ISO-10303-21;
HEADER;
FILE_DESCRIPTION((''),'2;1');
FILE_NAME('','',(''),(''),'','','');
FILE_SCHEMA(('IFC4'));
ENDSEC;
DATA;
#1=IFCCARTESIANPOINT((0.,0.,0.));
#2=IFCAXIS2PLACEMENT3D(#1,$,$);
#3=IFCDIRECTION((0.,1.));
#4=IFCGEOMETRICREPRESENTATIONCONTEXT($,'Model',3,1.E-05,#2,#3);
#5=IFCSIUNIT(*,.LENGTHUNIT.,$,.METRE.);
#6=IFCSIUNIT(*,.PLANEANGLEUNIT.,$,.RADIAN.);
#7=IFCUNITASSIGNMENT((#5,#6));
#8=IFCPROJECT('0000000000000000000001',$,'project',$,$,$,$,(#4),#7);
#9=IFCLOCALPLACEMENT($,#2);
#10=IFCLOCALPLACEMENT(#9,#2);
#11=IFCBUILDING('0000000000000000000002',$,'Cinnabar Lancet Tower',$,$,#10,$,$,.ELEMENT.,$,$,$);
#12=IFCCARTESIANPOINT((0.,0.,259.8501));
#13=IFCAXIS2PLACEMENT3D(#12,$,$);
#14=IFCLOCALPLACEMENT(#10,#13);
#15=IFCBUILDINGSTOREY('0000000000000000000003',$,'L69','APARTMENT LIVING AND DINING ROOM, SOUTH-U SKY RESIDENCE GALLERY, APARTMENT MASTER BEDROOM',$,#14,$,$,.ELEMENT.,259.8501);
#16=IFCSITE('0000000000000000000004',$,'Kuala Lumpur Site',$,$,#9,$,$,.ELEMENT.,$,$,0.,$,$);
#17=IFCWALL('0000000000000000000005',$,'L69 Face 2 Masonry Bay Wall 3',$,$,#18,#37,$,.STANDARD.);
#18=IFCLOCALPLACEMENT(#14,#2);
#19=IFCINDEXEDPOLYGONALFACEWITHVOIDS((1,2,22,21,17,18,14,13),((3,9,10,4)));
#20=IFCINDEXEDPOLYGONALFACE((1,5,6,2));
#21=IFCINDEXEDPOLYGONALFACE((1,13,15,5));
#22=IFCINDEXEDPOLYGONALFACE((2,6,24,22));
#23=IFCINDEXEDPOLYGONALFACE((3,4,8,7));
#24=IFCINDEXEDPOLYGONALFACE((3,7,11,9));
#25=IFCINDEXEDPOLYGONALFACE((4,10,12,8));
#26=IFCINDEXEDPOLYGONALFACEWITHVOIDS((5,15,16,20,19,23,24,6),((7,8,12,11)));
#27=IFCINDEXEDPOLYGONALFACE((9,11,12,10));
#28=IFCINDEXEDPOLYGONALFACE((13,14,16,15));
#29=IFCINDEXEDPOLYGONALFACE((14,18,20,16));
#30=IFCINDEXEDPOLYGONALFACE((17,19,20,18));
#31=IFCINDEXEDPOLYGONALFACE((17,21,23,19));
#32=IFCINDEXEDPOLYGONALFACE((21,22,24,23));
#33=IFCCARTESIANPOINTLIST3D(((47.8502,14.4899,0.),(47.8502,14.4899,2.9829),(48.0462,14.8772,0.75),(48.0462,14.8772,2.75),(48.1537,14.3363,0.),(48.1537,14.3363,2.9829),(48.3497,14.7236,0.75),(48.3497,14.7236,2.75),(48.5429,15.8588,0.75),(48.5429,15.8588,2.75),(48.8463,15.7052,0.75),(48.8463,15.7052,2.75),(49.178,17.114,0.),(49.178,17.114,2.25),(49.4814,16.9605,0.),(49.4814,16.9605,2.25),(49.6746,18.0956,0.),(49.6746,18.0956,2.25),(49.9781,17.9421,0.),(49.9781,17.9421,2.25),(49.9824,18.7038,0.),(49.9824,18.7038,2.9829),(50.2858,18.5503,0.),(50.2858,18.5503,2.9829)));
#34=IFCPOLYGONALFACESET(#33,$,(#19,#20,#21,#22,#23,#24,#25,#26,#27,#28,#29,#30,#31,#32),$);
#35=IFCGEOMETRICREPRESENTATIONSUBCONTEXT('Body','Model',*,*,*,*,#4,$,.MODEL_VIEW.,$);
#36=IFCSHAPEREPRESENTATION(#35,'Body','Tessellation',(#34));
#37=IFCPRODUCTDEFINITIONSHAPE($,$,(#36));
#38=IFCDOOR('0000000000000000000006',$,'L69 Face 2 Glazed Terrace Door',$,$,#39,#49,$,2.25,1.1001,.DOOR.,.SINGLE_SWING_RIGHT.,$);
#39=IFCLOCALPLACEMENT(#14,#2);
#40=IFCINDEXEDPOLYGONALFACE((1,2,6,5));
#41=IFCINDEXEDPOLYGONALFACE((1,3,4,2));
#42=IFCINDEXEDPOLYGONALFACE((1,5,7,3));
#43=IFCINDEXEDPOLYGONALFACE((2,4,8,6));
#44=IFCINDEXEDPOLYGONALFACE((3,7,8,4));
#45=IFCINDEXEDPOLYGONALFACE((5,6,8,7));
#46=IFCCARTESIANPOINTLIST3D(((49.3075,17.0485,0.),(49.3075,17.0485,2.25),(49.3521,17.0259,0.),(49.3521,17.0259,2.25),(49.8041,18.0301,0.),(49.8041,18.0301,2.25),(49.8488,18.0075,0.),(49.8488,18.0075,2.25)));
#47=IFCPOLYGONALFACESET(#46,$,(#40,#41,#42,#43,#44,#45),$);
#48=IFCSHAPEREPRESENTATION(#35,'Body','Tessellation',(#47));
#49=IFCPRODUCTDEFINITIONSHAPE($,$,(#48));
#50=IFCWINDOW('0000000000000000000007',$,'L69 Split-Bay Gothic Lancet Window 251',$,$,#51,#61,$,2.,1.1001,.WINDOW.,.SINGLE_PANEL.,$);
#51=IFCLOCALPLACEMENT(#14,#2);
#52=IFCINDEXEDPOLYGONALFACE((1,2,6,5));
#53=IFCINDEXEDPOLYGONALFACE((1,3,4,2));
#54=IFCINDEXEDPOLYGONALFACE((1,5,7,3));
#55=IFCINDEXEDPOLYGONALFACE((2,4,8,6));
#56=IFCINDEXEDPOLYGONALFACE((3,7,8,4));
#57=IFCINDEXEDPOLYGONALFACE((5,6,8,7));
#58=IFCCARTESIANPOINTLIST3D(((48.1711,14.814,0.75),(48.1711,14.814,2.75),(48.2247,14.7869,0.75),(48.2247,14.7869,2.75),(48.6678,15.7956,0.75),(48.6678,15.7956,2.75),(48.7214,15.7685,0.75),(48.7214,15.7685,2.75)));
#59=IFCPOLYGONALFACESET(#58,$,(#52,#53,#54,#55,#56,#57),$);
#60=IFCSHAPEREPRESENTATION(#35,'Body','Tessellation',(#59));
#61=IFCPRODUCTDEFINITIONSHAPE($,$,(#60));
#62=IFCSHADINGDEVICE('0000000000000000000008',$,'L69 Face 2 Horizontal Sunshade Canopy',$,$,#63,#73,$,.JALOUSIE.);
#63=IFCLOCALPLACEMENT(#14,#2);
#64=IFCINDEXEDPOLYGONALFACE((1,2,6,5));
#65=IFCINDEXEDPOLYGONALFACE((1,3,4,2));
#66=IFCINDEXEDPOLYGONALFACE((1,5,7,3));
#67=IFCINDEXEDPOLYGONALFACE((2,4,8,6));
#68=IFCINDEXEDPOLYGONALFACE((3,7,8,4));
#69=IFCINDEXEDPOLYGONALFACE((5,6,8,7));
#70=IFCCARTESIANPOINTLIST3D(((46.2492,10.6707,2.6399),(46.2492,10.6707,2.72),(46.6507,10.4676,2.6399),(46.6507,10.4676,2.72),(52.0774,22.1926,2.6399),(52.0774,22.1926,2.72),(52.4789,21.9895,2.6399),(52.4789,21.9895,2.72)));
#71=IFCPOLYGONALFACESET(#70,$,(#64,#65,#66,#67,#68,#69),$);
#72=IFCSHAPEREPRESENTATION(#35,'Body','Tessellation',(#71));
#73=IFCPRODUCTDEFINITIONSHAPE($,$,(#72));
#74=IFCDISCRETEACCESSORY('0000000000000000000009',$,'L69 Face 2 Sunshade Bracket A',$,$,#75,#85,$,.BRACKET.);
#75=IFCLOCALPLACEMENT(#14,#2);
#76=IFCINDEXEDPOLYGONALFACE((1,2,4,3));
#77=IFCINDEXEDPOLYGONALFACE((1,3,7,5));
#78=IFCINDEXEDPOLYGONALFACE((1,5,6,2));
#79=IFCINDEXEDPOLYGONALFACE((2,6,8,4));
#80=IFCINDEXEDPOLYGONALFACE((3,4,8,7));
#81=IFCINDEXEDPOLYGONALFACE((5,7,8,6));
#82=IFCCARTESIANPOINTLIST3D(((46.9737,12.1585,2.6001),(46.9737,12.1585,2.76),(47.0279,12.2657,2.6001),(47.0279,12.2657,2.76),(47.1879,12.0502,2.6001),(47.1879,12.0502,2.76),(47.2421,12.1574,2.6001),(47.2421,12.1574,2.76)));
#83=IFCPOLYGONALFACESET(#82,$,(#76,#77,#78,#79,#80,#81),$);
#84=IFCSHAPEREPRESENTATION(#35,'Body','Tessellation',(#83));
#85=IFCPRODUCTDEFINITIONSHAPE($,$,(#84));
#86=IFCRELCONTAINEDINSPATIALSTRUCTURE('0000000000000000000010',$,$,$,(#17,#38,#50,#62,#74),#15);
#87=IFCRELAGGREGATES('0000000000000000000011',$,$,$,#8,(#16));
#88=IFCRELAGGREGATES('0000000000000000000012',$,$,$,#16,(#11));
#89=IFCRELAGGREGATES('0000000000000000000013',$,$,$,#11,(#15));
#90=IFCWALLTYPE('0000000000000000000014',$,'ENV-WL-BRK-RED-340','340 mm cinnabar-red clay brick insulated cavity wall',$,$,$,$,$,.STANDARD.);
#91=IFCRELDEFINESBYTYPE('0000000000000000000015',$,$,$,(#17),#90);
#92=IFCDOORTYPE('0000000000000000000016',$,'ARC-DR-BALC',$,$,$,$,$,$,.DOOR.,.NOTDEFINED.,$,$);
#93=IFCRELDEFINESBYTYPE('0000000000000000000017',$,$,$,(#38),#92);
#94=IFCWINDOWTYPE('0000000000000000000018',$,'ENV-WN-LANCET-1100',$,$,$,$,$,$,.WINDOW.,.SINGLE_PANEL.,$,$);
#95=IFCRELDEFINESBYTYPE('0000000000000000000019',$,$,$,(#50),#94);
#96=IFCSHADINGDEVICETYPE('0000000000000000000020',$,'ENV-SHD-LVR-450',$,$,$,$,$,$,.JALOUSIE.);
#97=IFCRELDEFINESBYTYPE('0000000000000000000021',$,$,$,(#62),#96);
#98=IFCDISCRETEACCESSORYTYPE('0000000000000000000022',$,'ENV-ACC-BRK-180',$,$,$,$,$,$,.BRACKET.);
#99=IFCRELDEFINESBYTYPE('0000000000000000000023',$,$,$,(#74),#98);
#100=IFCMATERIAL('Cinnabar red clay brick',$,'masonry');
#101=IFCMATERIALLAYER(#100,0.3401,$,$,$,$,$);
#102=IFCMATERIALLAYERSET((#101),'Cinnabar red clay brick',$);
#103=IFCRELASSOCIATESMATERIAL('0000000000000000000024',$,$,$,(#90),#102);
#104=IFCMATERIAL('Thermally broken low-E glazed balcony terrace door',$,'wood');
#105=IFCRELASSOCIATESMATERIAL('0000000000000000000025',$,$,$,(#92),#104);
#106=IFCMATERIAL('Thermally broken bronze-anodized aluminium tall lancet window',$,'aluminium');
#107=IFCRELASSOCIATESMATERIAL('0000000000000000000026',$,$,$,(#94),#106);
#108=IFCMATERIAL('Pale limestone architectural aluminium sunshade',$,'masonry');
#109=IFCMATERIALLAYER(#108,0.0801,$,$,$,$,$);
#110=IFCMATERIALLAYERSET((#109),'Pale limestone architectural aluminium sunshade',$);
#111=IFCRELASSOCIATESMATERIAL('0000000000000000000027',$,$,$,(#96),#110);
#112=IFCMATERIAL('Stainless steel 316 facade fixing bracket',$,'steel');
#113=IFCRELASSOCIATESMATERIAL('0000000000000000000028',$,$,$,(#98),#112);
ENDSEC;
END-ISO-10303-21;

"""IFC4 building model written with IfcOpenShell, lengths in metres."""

from ifc_helpers import new_model, si_unit, direction, frame, frame_2d, origin, origin_2d, place, context, subcontext, project, spatial, rectangle, extrude, material, layer, layer_set, type_object, element, fill, save


model = new_model("IFC4")

# Units and contexts
model_context = context("Model", 3, precision=1e-05, world=origin(), true_north=direction((0.0, 1.0)))
body_context = subcontext(model_context, "Body", "Model", "MODEL_VIEW")
ifc_project = project(units=[si_unit("LENGTHUNIT", "METRE"), si_unit("PLANEANGLEUNIT", "RADIAN")], contexts=[model_context])

# Site, building, storey
site_placement = place(None, origin())
site = spatial("IfcSite", under=ifc_project, at=site_placement, Name="Kuala Lumpur Site", CompositionType="ELEMENT", RefElevation=0.0)
building_placement = place(site_placement, origin())
building = spatial("IfcBuilding", under=site, at=building_placement, Name="Cinnabar Lancet Tower", CompositionType="ELEMENT")
storey_placement = place(building_placement, frame((0.0, 0.0, 259.8501)))
storey = spatial("IfcBuildingStorey", under=building, at=storey_placement, Name="L69", Description="APARTMENT LIVING AND DINING ROOM, SOUTH-U SKY RESIDENCE GALLERY, APARTMENT MASTER BEDROOM", CompositionType="ELEMENT", Elevation=259.8501)

# Shared definitions
ifc_material_1 = material(Name="Cinnabar red clay brick", Category="masonry")
ifc_layer_1 = layer(ifc_material_1, 0.3401)
ifc_layer_set_1 = layer_set([ifc_layer_1], Name="Cinnabar red clay brick")
wall_type_1 = type_object("IfcWallType", Name="ENV-WL-BRK-RED-340", Description="340 mm cinnabar-red clay brick insulated cavity wall", PredefinedType="STANDARD", material=ifc_layer_set_1)

# Wall, openings, door, window
wall_1_placement = place(storey_placement, frame((48.002, 14.4131, 0.0), z_axis=(0.0, 0.0, 1.0), x_axis=(0.451468, 0.892287, 0.0)))
wall_1 = element("IfcWall", 1, at=wall_1_placement, inside=storey, type_object=wall_type_1, Name="L69 Face 2 Masonry Bay Wall 3", PredefinedType="STANDARD", context=body_context, shape_type="SweptSolid", body=[
    extrude(rectangle(XDim=4.7227, YDim=0.3401, at=frame_2d((2.3613, 0.0))), origin(), (0.0, 0.0, 1.0), 2.9829),
])
opening_1_placement = place(wall_1_placement, frame((2.9409, 0.0, 0.0)))
opening_1 = element("IfcOpeningElement", 2, at=opening_1_placement, cuts=wall_1, PredefinedType="OPENING", context=body_context, shape_type="SweptSolid", body=[
    extrude(rectangle(XDim=1.1001, YDim=2.25, at=frame_2d((0.55, 1.125))), frame((0.0, 0.1799, 0.0), z_axis=(0.0, -1.0, 0.0), x_axis=(1.0, 0.0, 0.0)), (0.0, 0.0, 1.0), 0.3601),
])
opening_2_placement = place(wall_1_placement, frame((0.4341, 0.0, 0.75)))
opening_2 = element("IfcOpeningElement", 3, at=opening_2_placement, cuts=wall_1, PredefinedType="OPENING", context=body_context, shape_type="SweptSolid", body=[
    extrude(rectangle(XDim=1.1001, YDim=2.0, at=frame_2d((0.55, 1.0))), frame((0.0, 0.1799, 0.0), z_axis=(0.0, -1.0, 0.0), x_axis=(1.0, 0.0, 0.0)), (0.0, 0.0, 1.0), 0.3601),
])
ifc_material_2 = material(Name="Thermally broken low-E glazed balcony terrace door", Category="wood")
door_type_1 = type_object("IfcDoorType", Name="ARC-DR-BALC", OperationType="NOTDEFINED", PredefinedType="DOOR", material=ifc_material_2)
door_1_placement = place(opening_1_placement, origin())
door_1 = element("IfcDoor", 4, at=door_1_placement, inside=storey, type_object=door_type_1, Name="L69 Face 2 Glazed Terrace Door", OperationType="SINGLE_SWING_RIGHT", OverallHeight=2.25, OverallWidth=1.1001, PredefinedType="DOOR", context=body_context, shape_type="SweptSolid", body=[
    extrude(rectangle(XDim=1.1001, YDim=2.25, at=frame_2d((0.55, 1.125))), frame((0.0, 0.0249, 0.0), z_axis=(0.0, -1.0, 0.0), x_axis=(1.0, 0.0, 0.0)), (0.0, 0.0, 1.0), 0.05),
])
fill(opening_1, door_1)
ifc_material_3 = material(Name="Thermally broken bronze-anodized aluminium tall lancet window", Category="aluminium")
window_type_1 = type_object("IfcWindowType", Name="ENV-WN-LANCET-1100", PartitioningType="SINGLE_PANEL", PredefinedType="WINDOW", material=ifc_material_3)
window_1_placement = place(opening_2_placement, origin())
window_1 = element("IfcWindow", 5, at=window_1_placement, inside=storey, type_object=window_type_1, Name="L69 Split-Bay Gothic Lancet Window 251", OverallHeight=2.0, OverallWidth=1.1001, PartitioningType="SINGLE_PANEL", PredefinedType="WINDOW", context=body_context, shape_type="SweptSolid", body=[
    extrude(rectangle(XDim=1.1001, YDim=2.0, at=frame_2d((0.55, 1.0))), frame((0.0, 0.03, 0.0), z_axis=(0.0, -1.0, 0.0), x_axis=(1.0, 0.0, 0.0)), (0.0, 0.0, 1.0), 0.0601),
])
fill(opening_2, window_1)

# Shading device
ifc_material_4 = material(Name="Pale limestone architectural aluminium sunshade", Category="masonry")
ifc_layer_2 = layer(ifc_material_4, 0.0801)
ifc_layer_set_2 = layer_set([ifc_layer_2], Name="Pale limestone architectural aluminium sunshade")
shading_device_type = type_object("IfcShadingDeviceType", Name="ENV-SHD-LVR-450", PredefinedType="JALOUSIE", material=ifc_layer_set_2)
shading_device_placement = place(storey_placement, frame((49.364, 16.3301, 2.6399), z_axis=(0.0, 0.0, 1.0), x_axis=(0.451376, 0.892334, 0.0)))
element("IfcShadingDevice", 6, at=shading_device_placement, inside=storey, type_object=shading_device_type, Name="L69 Face 2 Horizontal Sunshade Canopy", PredefinedType="JALOUSIE", context=body_context, shape_type="SweptSolid", body=[
    extrude(rectangle(XDim=12.9121, YDim=0.45, at=origin_2d()), origin(), (0.0, 0.0, 1.0), 0.0801),
])

# Discrete accessory
ifc_material_5 = material(Name="Stainless steel 316 facade fixing bracket", Category="steel")
discrete_accessory_type = type_object("IfcDiscreteAccessoryType", Name="ENV-ACC-BRK-180", PredefinedType="BRACKET", material=ifc_material_5)
discrete_accessory_placement = place(storey_placement, frame((47.1079, 12.158, 2.6001), z_axis=(0.0, 0.0, 1.0), x_axis=(0.451376, 0.892334, 0.0)))
element("IfcDiscreteAccessory", 7, at=discrete_accessory_placement, inside=storey, type_object=discrete_accessory_type, Name="L69 Face 2 Sunshade Bracket A", PredefinedType="BRACKET", context=body_context, shape_type="SweptSolid", body=[
    extrude(rectangle(XDim=0.1201, YDim=0.24, at=origin_2d()), origin(), (0.0, 0.0, 1.0), 0.1599),
])

save(model, "model.ifc")
